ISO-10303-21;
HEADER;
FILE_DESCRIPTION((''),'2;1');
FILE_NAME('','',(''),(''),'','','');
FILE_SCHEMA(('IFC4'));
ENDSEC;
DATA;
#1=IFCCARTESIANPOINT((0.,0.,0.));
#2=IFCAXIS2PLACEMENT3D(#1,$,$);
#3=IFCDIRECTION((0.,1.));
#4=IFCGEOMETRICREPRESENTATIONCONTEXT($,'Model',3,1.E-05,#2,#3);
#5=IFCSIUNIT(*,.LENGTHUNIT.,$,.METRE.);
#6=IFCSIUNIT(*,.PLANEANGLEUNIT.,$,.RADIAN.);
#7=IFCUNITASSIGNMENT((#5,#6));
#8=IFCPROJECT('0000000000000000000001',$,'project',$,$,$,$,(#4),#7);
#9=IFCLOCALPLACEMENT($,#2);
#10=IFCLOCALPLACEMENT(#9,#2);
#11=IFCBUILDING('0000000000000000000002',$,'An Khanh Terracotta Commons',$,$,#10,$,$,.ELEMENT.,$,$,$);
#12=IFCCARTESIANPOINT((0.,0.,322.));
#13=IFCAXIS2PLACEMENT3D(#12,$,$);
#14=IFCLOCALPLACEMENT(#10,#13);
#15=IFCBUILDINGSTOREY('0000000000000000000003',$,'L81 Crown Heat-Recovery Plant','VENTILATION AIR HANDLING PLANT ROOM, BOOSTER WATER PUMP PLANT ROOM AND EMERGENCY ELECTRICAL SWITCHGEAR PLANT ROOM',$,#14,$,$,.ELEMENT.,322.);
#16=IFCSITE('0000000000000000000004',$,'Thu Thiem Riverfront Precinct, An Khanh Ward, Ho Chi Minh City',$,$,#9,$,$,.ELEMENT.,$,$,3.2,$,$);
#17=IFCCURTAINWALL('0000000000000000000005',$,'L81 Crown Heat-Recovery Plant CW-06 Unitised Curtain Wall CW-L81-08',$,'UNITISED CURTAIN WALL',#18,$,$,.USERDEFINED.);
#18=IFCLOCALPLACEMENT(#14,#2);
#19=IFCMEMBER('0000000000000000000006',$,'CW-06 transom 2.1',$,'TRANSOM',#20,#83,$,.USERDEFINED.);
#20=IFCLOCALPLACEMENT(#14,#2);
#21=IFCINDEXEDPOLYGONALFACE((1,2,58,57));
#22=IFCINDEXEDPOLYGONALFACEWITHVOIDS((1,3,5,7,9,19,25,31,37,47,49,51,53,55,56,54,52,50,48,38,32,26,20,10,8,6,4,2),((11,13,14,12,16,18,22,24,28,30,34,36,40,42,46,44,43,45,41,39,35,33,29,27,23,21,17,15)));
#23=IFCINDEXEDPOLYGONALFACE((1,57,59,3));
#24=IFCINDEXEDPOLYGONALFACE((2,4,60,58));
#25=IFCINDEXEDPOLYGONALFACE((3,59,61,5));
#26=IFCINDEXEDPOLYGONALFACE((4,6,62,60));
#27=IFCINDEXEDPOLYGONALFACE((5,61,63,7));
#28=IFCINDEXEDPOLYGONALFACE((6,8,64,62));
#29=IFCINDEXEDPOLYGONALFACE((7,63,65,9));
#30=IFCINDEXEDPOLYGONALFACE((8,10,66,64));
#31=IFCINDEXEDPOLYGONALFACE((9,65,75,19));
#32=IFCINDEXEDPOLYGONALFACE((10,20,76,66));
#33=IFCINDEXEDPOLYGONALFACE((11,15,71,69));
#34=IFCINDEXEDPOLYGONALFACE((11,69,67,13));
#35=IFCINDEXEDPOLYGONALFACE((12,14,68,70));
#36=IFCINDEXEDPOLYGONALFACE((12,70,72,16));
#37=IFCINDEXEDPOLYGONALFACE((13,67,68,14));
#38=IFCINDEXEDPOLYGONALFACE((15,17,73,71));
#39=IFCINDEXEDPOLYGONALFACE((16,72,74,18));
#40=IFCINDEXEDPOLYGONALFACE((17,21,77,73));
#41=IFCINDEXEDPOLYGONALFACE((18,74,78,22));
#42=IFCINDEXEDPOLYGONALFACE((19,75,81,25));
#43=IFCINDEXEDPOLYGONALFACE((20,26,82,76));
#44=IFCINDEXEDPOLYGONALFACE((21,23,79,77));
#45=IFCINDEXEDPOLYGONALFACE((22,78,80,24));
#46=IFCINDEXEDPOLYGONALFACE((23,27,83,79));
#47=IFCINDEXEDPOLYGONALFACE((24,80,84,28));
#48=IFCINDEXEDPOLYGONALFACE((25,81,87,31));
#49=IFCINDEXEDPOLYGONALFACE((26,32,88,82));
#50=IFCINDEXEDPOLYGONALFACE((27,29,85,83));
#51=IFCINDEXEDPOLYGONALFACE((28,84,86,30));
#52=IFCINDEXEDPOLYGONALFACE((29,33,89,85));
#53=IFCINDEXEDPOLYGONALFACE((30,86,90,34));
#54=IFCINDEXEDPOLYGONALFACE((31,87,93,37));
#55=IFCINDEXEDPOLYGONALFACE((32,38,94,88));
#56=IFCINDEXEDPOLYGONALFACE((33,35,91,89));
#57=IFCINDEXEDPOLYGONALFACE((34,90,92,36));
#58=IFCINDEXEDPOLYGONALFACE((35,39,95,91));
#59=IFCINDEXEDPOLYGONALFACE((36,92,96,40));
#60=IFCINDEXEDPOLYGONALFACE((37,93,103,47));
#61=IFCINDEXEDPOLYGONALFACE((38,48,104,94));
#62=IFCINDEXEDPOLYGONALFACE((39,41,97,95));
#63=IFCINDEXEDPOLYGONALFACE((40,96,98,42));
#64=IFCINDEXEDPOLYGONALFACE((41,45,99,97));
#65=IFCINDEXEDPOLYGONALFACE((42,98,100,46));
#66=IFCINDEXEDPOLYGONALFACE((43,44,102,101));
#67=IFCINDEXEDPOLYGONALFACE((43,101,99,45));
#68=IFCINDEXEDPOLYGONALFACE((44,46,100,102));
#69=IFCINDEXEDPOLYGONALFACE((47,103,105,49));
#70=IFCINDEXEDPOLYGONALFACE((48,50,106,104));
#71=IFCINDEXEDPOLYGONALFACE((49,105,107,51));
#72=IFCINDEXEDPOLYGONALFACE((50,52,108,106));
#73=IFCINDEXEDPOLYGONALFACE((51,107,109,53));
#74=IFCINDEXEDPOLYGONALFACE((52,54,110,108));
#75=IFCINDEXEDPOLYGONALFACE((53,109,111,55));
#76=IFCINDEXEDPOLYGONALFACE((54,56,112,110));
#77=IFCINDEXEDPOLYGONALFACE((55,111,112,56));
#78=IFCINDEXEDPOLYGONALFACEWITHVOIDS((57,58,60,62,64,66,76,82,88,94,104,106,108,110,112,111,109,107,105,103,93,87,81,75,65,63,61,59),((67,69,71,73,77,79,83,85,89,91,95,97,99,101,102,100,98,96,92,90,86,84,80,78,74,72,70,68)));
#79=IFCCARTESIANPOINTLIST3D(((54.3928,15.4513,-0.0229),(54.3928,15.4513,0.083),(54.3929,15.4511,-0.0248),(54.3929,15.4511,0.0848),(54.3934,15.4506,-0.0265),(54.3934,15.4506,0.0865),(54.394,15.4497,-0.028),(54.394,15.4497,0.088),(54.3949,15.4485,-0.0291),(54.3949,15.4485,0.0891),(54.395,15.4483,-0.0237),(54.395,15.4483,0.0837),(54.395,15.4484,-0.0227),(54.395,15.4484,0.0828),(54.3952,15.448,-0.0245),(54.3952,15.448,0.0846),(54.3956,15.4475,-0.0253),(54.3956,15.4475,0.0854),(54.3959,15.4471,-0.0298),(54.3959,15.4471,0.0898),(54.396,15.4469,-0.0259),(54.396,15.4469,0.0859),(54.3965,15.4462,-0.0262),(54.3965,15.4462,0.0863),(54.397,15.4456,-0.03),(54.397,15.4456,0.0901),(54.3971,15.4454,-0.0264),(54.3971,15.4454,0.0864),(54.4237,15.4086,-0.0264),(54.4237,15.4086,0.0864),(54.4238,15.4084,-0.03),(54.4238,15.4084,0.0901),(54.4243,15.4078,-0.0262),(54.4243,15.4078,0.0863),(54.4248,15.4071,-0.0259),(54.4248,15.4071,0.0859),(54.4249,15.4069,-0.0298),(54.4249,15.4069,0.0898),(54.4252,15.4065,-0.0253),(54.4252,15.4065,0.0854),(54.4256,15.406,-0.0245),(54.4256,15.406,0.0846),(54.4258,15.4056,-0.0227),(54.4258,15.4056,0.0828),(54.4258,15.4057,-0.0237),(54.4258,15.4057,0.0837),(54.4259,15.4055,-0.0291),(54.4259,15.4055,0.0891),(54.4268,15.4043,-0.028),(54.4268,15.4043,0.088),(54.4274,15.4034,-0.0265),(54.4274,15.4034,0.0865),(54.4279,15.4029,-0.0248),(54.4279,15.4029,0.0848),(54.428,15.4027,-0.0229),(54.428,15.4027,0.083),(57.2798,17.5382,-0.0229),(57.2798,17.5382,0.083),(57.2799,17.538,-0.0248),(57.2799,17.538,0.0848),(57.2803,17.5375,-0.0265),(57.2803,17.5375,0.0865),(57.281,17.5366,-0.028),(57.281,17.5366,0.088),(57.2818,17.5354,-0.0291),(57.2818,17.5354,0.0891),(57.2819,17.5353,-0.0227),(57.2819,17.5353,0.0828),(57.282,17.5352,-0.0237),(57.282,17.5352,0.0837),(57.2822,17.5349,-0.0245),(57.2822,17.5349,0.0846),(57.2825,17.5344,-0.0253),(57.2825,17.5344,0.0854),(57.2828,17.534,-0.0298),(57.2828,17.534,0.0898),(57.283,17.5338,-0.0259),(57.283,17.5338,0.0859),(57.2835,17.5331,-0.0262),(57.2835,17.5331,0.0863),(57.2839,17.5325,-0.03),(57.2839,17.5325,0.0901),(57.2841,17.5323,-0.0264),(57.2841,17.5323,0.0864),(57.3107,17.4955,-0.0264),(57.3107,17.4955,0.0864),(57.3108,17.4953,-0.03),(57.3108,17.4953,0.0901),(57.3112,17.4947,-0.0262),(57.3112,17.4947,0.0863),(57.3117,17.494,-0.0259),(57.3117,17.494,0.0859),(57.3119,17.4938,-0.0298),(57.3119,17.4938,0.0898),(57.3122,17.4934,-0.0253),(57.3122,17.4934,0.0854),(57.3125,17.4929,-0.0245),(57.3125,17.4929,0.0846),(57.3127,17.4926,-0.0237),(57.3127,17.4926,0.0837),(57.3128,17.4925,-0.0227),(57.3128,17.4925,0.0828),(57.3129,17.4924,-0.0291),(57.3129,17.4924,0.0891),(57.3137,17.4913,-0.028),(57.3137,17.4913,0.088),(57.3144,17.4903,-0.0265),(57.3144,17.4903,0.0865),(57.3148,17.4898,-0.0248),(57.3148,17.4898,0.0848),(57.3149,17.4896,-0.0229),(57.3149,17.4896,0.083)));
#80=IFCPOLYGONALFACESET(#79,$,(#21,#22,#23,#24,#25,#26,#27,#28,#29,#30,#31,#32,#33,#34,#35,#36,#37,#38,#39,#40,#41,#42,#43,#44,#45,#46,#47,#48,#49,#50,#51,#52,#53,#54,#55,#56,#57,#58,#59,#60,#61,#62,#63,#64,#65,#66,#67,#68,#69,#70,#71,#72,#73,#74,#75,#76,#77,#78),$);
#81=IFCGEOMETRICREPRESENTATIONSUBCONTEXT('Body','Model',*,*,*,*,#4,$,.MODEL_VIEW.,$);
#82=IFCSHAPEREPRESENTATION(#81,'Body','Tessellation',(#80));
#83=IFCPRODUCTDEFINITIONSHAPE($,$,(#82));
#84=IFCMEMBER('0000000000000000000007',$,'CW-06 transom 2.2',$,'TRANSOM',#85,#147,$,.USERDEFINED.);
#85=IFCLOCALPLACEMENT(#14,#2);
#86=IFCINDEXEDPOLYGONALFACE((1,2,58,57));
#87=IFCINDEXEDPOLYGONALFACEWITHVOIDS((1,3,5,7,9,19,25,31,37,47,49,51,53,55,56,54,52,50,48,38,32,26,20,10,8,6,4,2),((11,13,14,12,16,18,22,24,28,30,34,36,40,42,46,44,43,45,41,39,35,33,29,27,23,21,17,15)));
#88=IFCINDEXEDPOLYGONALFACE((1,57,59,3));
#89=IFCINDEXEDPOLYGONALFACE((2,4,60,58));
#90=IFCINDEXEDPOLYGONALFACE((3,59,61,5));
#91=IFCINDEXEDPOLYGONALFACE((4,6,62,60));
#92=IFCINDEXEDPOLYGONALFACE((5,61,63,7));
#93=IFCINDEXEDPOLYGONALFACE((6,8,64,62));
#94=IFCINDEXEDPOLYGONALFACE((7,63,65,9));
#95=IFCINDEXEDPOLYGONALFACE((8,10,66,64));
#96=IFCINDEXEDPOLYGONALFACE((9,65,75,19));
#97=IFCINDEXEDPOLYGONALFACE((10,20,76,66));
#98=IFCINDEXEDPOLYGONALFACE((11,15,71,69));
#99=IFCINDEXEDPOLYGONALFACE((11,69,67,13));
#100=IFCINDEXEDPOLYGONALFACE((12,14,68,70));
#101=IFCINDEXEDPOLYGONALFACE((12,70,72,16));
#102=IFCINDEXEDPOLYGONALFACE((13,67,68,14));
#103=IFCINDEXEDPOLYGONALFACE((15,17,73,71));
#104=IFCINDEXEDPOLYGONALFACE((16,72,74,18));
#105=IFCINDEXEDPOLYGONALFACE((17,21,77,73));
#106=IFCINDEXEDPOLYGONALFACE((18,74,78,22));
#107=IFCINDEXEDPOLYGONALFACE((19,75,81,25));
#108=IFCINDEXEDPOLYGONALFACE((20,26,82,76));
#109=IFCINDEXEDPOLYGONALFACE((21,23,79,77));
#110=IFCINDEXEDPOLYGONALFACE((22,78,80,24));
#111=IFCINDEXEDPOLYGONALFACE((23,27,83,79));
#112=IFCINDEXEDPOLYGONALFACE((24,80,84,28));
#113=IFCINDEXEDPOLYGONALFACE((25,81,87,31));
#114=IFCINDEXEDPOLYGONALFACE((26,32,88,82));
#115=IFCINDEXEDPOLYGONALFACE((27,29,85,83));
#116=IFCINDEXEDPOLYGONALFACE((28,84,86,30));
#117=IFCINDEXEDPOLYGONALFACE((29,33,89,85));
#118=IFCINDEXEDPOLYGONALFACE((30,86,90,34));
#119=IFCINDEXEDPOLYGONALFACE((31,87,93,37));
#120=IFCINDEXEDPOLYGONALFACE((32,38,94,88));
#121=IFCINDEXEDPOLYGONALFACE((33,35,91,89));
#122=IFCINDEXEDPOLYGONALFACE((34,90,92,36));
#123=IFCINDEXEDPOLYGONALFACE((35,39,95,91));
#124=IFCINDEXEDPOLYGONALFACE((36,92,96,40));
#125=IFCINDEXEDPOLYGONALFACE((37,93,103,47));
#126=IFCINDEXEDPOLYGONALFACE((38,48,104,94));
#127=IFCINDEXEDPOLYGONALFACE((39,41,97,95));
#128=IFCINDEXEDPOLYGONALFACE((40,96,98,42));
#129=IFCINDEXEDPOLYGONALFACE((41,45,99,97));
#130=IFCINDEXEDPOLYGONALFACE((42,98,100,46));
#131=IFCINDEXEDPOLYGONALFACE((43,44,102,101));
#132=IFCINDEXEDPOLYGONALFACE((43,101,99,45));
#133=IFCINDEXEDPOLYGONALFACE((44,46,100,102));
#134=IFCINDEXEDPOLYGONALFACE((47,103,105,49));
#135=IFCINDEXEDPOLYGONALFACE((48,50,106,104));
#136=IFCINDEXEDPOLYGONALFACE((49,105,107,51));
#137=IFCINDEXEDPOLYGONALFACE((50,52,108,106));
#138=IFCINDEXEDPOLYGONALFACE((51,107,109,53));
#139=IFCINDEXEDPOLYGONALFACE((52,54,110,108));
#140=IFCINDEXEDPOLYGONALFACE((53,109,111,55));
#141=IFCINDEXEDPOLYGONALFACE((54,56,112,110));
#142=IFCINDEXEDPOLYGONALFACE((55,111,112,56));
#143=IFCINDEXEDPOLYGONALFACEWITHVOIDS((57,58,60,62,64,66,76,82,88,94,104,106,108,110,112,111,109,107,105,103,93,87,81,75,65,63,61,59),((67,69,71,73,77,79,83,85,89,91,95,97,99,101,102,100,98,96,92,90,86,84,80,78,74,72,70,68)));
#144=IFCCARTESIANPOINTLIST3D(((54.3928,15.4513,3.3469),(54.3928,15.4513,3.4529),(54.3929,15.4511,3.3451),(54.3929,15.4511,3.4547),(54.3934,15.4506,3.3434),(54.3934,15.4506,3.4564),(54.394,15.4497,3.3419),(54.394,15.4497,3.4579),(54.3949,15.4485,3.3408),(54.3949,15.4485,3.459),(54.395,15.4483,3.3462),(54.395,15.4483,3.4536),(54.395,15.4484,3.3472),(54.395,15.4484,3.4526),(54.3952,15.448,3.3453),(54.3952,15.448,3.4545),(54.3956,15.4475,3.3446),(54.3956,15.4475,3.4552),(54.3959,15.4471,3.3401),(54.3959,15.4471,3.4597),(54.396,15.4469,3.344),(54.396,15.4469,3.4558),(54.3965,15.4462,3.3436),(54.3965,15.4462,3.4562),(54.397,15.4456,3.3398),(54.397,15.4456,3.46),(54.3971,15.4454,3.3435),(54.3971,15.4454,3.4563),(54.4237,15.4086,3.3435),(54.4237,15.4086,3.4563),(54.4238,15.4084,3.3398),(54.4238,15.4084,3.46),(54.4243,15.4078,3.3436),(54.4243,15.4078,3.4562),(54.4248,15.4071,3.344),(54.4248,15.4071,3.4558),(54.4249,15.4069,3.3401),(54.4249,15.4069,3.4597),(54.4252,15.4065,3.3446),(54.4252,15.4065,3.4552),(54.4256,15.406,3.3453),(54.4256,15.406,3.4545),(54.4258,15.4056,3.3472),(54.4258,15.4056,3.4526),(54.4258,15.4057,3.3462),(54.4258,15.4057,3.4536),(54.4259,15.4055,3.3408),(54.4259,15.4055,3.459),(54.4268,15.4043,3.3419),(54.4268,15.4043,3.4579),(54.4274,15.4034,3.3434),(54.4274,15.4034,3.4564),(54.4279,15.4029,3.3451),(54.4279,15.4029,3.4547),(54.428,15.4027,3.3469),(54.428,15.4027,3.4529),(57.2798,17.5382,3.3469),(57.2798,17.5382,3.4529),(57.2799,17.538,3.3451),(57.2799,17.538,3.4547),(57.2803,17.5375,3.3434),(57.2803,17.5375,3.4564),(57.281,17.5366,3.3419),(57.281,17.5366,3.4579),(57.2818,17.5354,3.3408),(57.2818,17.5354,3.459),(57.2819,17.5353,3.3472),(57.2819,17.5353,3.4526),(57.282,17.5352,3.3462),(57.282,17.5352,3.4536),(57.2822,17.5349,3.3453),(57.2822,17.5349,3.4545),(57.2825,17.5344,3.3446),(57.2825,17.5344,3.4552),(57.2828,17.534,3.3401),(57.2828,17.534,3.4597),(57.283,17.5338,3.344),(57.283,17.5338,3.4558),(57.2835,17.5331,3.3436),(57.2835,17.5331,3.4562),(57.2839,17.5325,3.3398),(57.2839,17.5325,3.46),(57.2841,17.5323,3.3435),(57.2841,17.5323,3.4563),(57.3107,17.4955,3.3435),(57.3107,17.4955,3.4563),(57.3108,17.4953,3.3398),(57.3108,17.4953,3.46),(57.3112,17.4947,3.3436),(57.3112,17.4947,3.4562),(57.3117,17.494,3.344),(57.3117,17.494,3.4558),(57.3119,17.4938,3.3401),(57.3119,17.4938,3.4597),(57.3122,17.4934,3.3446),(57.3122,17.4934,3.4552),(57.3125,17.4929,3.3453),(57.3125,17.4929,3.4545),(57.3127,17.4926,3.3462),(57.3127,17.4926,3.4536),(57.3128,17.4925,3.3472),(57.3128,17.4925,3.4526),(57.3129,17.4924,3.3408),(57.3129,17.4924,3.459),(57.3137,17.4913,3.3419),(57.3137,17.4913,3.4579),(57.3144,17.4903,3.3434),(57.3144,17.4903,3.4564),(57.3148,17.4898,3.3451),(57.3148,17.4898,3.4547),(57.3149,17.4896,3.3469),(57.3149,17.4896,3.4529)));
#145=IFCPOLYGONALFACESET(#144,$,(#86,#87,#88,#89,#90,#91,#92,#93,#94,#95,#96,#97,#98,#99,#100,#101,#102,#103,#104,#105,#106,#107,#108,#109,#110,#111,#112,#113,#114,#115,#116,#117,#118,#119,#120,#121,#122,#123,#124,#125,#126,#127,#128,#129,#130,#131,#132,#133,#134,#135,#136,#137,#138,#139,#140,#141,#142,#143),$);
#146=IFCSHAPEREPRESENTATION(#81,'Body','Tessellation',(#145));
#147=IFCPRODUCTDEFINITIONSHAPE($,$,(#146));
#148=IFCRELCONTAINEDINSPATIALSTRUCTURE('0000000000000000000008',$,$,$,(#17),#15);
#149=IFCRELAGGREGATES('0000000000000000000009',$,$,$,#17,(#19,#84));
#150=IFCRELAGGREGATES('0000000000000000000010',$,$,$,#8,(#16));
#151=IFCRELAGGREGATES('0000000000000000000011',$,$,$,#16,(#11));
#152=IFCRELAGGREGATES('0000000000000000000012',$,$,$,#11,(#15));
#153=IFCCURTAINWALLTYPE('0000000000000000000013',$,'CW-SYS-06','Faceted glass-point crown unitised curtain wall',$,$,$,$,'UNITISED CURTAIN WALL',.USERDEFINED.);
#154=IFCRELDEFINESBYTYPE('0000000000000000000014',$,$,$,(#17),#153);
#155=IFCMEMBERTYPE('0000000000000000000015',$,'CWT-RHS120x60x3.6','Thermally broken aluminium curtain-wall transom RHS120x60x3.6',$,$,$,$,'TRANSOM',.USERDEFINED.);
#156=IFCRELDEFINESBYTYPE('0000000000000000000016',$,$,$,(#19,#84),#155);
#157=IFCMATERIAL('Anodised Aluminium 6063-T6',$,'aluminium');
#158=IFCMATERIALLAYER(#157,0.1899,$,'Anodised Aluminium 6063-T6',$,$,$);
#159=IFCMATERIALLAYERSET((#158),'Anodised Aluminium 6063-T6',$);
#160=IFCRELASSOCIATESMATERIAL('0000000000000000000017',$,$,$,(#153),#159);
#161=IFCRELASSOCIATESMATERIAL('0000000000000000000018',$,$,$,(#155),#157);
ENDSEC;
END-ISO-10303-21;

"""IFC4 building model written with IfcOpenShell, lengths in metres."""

from ifc_helpers import new_model, si_unit, direction, frame, origin, origin_2d, place, context, subcontext, project, spatial, hollow_rectangle, extrude, material, layer, layer_set, material_profile, profile_set, type_object, element, aggregate, save


model = new_model("IFC4")

# Units and contexts
model_context = context("Model", 3, precision=1e-05, world=origin(), true_north=direction((0.0, 1.0)))
body_context = subcontext(model_context, "Body", "Model", "MODEL_VIEW")
ifc_project = project(units=[si_unit("LENGTHUNIT", "METRE"), si_unit("PLANEANGLEUNIT", "RADIAN")], contexts=[model_context])

# Site, building, storey
site_placement = place(None, origin())
site = spatial("IfcSite", under=ifc_project, at=site_placement, Name="Thu Thiem Riverfront Precinct, An Khanh Ward, Ho Chi Minh City", CompositionType="ELEMENT", RefElevation=3.2)
building_placement = place(site_placement, origin())
building = spatial("IfcBuilding", under=site, at=building_placement, Name="An Khanh Terracotta Commons", CompositionType="ELEMENT")
storey_placement = place(building_placement, frame((0.0, 0.0, 322.0)))
storey = spatial("IfcBuildingStorey", under=building, at=storey_placement, Name="L81 Crown Heat-Recovery Plant", Description="VENTILATION AIR HANDLING PLANT ROOM, BOOSTER WATER PUMP PLANT ROOM AND EMERGENCY ELECTRICAL SWITCHGEAR PLANT ROOM", CompositionType="ELEMENT", Elevation=322.0)

# Shared definitions
ifc_material_1 = material(Name="Anodised Aluminium 6063-T6", Category="aluminium")
ifc_layer_1 = layer(ifc_material_1, 0.1899, Name="Anodised Aluminium 6063-T6")
ifc_layer_set_1 = layer_set([ifc_layer_1], Name="Anodised Aluminium 6063-T6")
curtain_wall_type = type_object("IfcCurtainWallType", Name="CW-SYS-06", Description="Faceted glass-point crown unitised curtain wall", ElementType="UNITISED CURTAIN WALL", PredefinedType="USERDEFINED", material=ifc_layer_set_1)

# Curtain wall
curtain_wall_1_placement = place(storey_placement, origin())
curtain_wall_1 = element("IfcCurtainWall", 1, at=curtain_wall_1_placement, inside=storey, type_object=curtain_wall_type, Name="L81 Crown Heat-Recovery Plant CW-06 Unitised Curtain Wall CW-L81-08", ObjectType="UNITISED CURTAIN WALL", PredefinedType="USERDEFINED")

# Members
ifc_material_profile_1 = material_profile(ifc_material_1, hollow_rectangle(XDim=0.0601, YDim=0.1201, WallThickness=0.0037, InnerFilletRadius=0.0037, OuterFilletRadius=0.0071, at=origin_2d()), Name="RHS120x60x3.6")
ifc_profile_set_1 = profile_set([ifc_material_profile_1], Name="Anodised Aluminium 6063-T6")
member_type_1 = type_object("IfcMemberType", Name="CWT-RHS120x60x3.6", Description="Thermally broken aluminium curtain-wall transom RHS120x60x3.6", ElementType="TRANSOM", PredefinedType="USERDEFINED", material=ifc_profile_set_1)
member_1_placement = place(storey_placement, frame((54.4104, 15.427, 0.03), z_axis=(0.810428, 0.585838, 0.0), x_axis=(-0.585838, 0.810428, 0.0)))
member_1 = element("IfcMember", 2, at=member_1_placement, type_object=member_type_1, Name="CW-06 transom 2.1", ObjectType="TRANSOM", PredefinedType="USERDEFINED", context=body_context, shape_type="SweptSolid", body=[
    extrude(hollow_rectangle(XDim=0.0601, YDim=0.1201, WallThickness=0.0037, InnerFilletRadius=0.0037, OuterFilletRadius=0.0071, at=origin_2d()), origin(), (0.0, 0.0, 1.0), 3.5623),
])
member_2_placement = place(storey_placement, frame((54.4104, 15.427, 3.3999), z_axis=(0.810428, 0.585838, 0.0), x_axis=(-0.585838, 0.810428, 0.0)))
member_2 = element("IfcMember", 3, at=member_2_placement, type_object=member_type_1, Name="CW-06 transom 2.2", ObjectType="TRANSOM", PredefinedType="USERDEFINED", context=body_context, shape_type="SweptSolid", body=[
    extrude(hollow_rectangle(XDim=0.0601, YDim=0.1201, WallThickness=0.0037, InnerFilletRadius=0.0037, OuterFilletRadius=0.0071, at=origin_2d()), origin(), (0.0, 0.0, 1.0), 3.5623),
])

aggregate(curtain_wall_1, [member_1, member_2])

save(model, "model.ifc")
